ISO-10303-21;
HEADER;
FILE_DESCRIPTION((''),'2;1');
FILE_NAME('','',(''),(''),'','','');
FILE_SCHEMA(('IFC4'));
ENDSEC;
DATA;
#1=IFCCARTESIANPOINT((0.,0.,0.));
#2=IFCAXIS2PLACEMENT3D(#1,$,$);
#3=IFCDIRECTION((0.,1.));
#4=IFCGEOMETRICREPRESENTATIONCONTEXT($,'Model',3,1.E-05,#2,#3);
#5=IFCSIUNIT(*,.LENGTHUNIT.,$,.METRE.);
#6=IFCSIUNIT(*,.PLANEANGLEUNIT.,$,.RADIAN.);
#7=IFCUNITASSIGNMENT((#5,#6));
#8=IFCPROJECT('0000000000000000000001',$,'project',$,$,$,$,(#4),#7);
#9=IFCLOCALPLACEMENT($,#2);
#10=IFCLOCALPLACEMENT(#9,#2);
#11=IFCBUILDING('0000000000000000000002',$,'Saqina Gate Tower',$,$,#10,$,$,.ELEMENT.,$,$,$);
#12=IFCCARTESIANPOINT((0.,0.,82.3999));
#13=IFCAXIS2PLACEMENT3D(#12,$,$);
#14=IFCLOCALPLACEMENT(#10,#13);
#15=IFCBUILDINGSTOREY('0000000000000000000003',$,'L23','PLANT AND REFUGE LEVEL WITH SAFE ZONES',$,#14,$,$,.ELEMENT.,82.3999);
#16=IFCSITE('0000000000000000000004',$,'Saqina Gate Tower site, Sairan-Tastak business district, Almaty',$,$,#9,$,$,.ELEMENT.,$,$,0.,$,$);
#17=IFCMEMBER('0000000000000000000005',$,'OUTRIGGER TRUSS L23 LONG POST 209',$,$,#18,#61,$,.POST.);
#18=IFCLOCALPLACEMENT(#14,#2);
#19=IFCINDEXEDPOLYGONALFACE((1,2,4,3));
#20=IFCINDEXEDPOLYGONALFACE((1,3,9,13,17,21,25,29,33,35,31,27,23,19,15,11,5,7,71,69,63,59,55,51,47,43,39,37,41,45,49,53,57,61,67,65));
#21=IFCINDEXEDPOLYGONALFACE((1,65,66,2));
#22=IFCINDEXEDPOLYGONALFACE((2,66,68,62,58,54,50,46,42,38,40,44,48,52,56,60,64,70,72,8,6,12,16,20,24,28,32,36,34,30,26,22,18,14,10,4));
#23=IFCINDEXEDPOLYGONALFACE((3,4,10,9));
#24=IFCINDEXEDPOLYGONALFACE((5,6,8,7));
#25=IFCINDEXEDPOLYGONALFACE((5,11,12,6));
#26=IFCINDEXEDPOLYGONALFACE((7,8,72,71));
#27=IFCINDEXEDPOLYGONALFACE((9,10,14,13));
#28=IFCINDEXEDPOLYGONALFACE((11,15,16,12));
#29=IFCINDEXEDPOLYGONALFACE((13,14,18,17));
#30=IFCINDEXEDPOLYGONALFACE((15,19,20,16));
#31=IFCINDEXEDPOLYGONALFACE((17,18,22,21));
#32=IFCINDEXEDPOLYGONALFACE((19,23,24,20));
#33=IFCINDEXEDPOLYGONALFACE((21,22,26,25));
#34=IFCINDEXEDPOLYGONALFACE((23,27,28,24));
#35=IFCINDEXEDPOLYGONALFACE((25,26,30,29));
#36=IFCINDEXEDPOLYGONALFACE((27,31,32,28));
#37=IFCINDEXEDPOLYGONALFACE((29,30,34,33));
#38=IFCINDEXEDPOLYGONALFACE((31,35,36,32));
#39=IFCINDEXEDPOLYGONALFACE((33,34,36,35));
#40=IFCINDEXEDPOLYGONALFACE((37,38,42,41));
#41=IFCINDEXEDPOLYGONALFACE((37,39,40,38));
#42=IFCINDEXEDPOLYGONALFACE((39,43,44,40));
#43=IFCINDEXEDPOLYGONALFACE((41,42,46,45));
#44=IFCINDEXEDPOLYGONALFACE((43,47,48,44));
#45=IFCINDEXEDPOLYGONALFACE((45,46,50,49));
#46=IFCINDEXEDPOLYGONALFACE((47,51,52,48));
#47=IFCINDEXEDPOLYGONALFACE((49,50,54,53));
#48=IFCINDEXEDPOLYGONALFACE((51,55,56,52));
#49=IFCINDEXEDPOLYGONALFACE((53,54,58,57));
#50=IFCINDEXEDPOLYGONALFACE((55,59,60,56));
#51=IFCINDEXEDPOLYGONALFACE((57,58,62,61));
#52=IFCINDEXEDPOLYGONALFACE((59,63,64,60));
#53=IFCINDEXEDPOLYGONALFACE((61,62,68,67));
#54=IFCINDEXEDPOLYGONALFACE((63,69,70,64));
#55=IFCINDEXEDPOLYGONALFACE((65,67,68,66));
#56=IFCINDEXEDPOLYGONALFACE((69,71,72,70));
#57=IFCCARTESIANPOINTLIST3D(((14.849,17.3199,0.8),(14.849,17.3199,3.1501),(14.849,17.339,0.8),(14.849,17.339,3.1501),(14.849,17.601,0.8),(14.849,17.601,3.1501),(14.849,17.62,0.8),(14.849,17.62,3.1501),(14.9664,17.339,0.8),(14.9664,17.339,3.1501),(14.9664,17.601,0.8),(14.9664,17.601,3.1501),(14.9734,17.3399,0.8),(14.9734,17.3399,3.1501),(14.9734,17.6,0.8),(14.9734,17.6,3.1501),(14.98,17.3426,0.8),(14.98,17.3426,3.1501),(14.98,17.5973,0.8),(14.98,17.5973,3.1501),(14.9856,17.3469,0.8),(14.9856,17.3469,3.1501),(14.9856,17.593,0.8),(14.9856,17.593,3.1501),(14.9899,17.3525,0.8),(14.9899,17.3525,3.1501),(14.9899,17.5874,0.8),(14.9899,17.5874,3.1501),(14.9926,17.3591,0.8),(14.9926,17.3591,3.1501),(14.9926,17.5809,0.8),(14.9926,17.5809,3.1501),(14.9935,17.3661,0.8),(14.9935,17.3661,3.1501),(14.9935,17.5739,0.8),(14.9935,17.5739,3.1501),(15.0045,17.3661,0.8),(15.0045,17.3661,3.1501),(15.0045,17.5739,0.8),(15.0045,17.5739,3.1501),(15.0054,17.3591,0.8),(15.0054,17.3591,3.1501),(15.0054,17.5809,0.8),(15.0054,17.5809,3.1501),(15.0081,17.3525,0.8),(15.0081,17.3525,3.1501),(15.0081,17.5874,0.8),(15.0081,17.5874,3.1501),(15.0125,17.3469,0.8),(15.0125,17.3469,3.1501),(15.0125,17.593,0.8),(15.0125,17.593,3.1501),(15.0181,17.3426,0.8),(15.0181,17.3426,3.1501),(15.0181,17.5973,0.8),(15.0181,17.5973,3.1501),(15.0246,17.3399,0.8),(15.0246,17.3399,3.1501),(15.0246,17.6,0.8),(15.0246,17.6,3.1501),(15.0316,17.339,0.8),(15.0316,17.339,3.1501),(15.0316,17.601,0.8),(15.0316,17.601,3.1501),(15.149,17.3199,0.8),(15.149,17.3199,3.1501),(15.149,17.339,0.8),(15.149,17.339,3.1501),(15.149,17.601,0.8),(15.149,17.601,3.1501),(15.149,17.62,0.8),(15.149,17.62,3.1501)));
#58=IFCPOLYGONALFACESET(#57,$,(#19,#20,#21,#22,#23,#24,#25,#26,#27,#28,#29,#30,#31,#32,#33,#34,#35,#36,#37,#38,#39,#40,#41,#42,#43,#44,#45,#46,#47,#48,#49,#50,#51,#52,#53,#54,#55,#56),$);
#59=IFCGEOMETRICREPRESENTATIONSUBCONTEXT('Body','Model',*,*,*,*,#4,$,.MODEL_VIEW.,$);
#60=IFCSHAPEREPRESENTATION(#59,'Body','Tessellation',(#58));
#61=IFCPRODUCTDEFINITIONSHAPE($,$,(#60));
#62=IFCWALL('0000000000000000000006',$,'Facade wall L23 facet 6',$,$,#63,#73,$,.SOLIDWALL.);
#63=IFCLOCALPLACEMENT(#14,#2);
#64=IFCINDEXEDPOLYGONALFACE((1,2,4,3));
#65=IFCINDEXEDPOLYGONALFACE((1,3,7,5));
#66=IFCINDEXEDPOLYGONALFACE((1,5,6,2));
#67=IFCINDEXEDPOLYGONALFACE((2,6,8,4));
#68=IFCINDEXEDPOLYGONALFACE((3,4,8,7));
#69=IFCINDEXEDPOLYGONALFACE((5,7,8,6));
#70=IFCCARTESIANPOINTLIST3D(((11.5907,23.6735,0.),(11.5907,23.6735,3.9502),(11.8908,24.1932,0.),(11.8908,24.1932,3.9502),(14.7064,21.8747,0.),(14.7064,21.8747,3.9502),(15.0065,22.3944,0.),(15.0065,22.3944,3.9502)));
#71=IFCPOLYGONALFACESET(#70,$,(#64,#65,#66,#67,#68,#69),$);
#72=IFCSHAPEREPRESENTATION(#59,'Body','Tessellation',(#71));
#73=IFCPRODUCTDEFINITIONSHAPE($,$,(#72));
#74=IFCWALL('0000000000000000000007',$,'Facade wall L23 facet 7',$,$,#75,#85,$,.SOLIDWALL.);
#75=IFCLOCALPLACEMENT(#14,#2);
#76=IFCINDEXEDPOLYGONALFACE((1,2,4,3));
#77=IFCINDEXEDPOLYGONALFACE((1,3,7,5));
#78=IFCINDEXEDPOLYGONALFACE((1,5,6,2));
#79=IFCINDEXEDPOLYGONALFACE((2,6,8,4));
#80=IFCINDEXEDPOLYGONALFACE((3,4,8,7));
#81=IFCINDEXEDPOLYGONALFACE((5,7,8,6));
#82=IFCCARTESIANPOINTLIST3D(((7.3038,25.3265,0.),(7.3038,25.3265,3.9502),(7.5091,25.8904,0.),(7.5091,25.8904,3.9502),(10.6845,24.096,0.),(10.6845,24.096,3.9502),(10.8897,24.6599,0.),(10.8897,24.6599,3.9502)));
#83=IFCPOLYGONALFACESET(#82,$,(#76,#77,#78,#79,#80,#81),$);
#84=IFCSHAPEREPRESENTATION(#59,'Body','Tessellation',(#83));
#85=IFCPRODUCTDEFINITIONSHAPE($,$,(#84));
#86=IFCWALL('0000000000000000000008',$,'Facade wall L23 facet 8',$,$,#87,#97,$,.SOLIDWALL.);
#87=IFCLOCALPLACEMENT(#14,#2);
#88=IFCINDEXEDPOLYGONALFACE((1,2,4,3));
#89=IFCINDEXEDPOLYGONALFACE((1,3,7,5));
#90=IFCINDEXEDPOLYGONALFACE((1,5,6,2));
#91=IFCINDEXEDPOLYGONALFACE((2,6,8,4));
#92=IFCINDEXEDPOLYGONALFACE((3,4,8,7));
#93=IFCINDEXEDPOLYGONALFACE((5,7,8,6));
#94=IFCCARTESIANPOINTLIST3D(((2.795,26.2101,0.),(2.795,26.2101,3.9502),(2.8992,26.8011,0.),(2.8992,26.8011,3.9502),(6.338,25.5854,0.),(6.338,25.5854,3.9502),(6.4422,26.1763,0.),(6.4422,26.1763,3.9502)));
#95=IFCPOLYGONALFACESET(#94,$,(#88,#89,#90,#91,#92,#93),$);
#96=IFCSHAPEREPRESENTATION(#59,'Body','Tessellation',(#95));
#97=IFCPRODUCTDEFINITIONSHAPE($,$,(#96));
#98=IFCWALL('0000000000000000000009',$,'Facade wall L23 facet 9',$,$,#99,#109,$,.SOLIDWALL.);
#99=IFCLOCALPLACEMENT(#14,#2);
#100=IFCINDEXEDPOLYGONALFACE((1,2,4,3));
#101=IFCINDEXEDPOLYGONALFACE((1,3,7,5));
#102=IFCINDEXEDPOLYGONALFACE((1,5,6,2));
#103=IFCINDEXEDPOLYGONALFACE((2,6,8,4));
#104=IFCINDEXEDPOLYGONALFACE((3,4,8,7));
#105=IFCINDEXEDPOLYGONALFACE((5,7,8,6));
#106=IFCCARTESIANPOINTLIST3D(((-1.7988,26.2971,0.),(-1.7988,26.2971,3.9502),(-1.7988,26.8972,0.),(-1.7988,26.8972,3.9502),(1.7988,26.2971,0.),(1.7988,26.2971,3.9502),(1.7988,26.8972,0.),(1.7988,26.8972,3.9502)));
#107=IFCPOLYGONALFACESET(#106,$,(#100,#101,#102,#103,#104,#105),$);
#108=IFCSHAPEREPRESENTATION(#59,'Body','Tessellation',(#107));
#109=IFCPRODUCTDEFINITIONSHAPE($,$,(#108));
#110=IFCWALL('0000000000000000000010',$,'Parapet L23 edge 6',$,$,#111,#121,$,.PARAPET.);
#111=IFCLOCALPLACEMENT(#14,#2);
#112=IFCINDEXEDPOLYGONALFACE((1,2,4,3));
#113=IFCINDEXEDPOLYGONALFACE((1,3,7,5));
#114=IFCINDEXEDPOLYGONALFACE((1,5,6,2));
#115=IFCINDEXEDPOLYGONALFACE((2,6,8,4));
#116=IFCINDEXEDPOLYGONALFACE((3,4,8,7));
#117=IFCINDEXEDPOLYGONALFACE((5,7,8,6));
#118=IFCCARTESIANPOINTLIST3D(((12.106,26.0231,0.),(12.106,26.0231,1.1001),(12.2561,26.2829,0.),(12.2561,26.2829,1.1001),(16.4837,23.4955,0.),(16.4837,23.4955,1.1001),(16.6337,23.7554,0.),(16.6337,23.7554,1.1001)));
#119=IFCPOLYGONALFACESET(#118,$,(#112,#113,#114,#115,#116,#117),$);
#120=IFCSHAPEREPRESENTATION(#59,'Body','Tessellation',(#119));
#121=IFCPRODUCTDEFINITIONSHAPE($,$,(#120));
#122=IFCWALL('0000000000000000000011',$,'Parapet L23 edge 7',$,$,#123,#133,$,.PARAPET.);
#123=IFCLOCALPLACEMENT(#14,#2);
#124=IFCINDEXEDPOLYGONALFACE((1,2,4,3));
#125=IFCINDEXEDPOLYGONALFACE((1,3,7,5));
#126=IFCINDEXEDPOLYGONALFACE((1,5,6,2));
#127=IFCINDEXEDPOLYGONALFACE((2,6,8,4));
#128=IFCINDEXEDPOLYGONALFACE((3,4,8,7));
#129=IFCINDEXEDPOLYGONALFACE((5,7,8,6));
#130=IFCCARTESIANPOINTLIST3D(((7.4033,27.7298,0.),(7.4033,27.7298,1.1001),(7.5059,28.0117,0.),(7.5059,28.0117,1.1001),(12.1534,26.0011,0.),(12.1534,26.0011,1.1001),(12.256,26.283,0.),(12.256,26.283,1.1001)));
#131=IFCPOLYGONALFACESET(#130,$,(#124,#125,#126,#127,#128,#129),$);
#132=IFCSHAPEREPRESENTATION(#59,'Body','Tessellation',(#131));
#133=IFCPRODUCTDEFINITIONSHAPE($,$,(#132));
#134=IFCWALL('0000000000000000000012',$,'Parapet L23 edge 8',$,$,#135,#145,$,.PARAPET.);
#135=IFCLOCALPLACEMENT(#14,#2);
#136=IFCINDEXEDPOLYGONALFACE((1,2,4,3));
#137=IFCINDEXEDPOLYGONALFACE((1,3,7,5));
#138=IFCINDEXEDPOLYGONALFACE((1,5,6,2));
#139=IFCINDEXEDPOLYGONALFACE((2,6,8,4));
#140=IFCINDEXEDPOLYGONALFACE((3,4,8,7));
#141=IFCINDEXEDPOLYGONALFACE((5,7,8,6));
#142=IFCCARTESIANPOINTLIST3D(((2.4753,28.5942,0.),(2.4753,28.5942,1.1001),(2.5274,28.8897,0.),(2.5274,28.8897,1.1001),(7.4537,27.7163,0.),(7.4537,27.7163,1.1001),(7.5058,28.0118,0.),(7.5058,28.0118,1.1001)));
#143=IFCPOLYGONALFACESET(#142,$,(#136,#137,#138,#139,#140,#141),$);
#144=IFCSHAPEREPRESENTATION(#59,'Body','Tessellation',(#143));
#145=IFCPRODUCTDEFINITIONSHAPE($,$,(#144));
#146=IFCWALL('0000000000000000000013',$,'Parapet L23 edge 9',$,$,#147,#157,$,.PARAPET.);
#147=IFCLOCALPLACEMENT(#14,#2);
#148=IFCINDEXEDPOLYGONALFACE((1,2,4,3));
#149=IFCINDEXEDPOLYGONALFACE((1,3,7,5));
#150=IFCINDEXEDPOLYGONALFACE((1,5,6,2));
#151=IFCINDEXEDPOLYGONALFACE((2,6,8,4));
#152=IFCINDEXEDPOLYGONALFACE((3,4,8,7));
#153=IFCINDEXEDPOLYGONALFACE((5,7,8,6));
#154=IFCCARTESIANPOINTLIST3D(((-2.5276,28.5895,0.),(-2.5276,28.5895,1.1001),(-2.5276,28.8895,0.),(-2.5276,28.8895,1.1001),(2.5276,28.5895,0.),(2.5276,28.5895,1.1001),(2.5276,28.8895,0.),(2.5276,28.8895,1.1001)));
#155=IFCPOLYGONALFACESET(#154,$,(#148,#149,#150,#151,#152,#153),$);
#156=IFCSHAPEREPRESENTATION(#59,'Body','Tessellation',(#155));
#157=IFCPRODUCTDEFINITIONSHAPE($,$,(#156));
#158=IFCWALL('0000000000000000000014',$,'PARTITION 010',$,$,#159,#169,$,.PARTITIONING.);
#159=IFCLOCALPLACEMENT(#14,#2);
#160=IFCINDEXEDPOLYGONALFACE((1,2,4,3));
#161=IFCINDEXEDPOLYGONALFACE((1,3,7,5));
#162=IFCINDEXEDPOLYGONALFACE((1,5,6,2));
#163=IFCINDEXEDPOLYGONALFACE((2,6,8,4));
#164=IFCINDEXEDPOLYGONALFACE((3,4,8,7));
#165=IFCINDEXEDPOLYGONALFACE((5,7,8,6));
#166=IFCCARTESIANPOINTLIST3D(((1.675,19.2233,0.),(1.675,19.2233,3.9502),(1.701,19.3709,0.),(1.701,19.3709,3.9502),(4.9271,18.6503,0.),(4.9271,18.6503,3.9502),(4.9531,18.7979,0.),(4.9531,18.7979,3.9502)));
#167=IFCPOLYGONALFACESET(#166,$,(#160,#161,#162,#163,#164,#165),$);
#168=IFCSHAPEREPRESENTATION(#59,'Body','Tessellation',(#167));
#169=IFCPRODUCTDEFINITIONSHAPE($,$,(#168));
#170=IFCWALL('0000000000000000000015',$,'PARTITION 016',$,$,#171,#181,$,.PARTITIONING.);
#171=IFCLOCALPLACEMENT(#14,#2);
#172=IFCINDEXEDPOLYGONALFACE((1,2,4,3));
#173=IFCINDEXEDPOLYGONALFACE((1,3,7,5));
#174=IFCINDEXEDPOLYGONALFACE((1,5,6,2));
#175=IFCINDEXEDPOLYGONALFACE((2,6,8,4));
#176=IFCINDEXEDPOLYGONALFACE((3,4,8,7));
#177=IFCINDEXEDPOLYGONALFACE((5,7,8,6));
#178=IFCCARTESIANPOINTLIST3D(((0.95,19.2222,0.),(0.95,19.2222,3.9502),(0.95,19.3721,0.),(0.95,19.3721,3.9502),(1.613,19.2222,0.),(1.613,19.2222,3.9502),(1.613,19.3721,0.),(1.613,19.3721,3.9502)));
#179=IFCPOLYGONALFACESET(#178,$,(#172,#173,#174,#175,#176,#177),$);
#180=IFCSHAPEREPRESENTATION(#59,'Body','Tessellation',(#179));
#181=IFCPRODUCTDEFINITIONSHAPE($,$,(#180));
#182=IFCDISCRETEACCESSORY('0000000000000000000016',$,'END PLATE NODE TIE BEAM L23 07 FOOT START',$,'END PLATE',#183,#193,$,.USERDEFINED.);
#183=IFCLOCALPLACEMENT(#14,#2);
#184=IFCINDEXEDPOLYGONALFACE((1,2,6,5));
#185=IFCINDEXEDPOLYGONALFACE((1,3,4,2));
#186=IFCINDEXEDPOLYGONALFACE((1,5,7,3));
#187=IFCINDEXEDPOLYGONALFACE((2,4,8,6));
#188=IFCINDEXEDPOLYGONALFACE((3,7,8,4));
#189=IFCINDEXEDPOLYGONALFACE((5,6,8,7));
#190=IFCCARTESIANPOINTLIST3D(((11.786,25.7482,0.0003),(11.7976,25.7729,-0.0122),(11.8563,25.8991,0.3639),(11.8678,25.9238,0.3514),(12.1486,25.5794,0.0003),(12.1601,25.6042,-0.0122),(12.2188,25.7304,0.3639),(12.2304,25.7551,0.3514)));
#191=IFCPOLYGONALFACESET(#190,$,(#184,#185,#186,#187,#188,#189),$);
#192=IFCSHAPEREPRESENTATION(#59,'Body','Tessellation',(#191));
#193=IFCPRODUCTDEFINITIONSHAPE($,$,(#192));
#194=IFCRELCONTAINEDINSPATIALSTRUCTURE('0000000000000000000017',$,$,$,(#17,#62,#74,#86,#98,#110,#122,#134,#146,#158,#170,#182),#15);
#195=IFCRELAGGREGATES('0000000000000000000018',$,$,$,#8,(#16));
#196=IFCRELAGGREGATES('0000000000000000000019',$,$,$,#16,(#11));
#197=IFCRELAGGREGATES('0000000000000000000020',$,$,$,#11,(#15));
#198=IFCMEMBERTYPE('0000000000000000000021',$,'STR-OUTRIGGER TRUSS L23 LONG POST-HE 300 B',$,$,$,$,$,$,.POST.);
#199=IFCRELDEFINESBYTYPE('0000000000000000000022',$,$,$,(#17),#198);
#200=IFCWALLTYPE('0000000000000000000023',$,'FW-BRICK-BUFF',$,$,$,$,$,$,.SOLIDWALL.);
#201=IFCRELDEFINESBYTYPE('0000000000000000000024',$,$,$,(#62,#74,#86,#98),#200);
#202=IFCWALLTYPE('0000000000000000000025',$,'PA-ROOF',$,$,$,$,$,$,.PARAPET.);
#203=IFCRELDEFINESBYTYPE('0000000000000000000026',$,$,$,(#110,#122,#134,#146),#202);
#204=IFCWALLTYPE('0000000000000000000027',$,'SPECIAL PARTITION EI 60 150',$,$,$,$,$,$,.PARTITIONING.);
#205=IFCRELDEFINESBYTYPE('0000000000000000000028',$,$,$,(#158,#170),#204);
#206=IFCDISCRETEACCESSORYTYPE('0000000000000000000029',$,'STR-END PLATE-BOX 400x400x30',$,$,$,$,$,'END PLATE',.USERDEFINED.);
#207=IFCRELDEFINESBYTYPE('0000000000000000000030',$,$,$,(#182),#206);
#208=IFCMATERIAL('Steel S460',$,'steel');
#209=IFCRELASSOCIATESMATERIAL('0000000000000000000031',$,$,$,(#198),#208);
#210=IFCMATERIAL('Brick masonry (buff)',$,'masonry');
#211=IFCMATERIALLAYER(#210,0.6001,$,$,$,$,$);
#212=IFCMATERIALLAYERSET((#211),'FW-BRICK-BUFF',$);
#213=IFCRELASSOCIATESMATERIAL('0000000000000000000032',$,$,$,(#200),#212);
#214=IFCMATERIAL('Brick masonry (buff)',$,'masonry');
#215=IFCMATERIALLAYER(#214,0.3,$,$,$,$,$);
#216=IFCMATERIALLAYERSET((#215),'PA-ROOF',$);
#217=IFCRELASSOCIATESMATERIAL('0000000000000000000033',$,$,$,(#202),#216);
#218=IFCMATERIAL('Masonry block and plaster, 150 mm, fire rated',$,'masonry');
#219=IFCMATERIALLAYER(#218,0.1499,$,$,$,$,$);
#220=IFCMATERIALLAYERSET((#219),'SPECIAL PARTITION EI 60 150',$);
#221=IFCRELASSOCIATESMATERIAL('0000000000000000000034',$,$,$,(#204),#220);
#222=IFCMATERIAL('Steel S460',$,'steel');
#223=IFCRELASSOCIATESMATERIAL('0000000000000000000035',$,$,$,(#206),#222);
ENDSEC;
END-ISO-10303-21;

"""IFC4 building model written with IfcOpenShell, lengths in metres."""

from ifc_helpers import new_model, si_unit, direction, frame, frame_2d, origin, origin_2d, place, context, subcontext, project, spatial, rectangle, i_section, extrude, material, layer, layer_set, material_profile, profile_set, type_object, element, save


model = new_model("IFC4")

# Units and contexts
model_context = context("Model", 3, precision=1e-05, world=origin(), true_north=direction((0.0, 1.0)))
body_context = subcontext(model_context, "Body", "Model", "MODEL_VIEW")
ifc_project = project(units=[si_unit("LENGTHUNIT", "METRE"), si_unit("PLANEANGLEUNIT", "RADIAN")], contexts=[model_context])

# Site, building, storey
site_placement = place(None, origin())
site = spatial("IfcSite", under=ifc_project, at=site_placement, Name="Saqina Gate Tower site, Sairan-Tastak business district, Almaty", CompositionType="ELEMENT", RefElevation=0.0)
building_placement = place(site_placement, origin())
building = spatial("IfcBuilding", under=site, at=building_placement, Name="Saqina Gate Tower", CompositionType="ELEMENT")
storey_placement = place(building_placement, frame((0.0, 0.0, 82.3999)))
storey = spatial("IfcBuildingStorey", under=building, at=storey_placement, Name="L23", Description="PLANT AND REFUGE LEVEL WITH SAFE ZONES", CompositionType="ELEMENT", Elevation=82.3999)

# Member
ifc_material_1 = material(Name="Steel S460", Category="steel")
ifc_material_profile_1 = material_profile(ifc_material_1, i_section(OverallWidth=0.3, OverallDepth=0.3, WebThickness=0.011, FlangeThickness=0.019, FilletRadius=0.0271, at=origin_2d()), Name="HE 300 B")
ifc_profile_set_1 = profile_set([ifc_material_profile_1], Name="Steel S460")
member_type_1 = type_object("IfcMemberType", Name="STR-OUTRIGGER TRUSS L23 LONG POST-HE 300 B", PredefinedType="POST", material=ifc_profile_set_1)
member_1_placement = place(storey_placement, frame((14.999, 17.47, 0.8), z_axis=(0.0, 0.0, 1.0), x_axis=(1.0, 0.0, 0.0)))
element("IfcMember", 1, at=member_1_placement, inside=storey, type_object=member_type_1, Name="OUTRIGGER TRUSS L23 LONG POST 209", PredefinedType="POST", context=body_context, shape_type="SweptSolid", body=[
    extrude(i_section(OverallWidth=0.3, OverallDepth=0.3, WebThickness=0.011, FlangeThickness=0.019, FilletRadius=0.0271, at=origin_2d()), origin(), (0.0, 0.0, 1.0), 2.3501),
])

# Walls
ifc_material_2 = material(Name="Brick masonry (buff)", Category="masonry")
ifc_layer_1 = layer(ifc_material_2, 0.6001)
ifc_layer_set_1 = layer_set([ifc_layer_1], Name="FW-BRICK-BUFF")
wall_type_1 = type_object("IfcWallType", Name="FW-BRICK-BUFF", PredefinedType="SOLIDWALL", material=ifc_layer_set_1)
for number, where, z_axis, x_axis, name in (
    (2, (14.8564, 22.1345, 0.0), (0.0, 0.0, 1.0), (-0.86603, 0.499993, 0.0), "Facade wall L23 facet 6"),
    (3, (10.7871, 24.3779, 0.0), (0.0, 0.0, 1.0), (-0.93969, 0.342026, 0.0), "Facade wall L23 facet 7"),
    (4, (6.3901, 25.8809, 0.0), (0.0, 0.0, 1.0), (-0.984806, 0.173658, 0.0), "Facade wall L23 facet 8"),
    (5, (1.7988, 26.5972, 0.0), (0.0, 0.0, 1.0), (-1.0, 0.0, 0.0), "Facade wall L23 facet 9"),
):
    element("IfcWall", number, at=place(storey_placement, frame(where, z_axis=z_axis, x_axis=x_axis)), inside=storey, type_object=wall_type_1, Name=name, PredefinedType="SOLIDWALL", context=body_context, shape_type="SweptSolid", body=[
        extrude(rectangle(XDim=3.5977, YDim=0.6001, at=frame_2d((1.7988, 0.0))), origin(), (0.0, 0.0, 1.0), 3.9502),
    ])
ifc_material_3 = material(Name="Brick masonry (buff)", Category="masonry")
ifc_layer_2 = layer(ifc_material_3, 0.3)
ifc_layer_set_2 = layer_set([ifc_layer_2], Name="PA-ROOF")
wall_type_2 = type_object("IfcWallType", Name="PA-ROOF", PredefinedType="PARAPET", material=ifc_layer_set_2)
for number, where, z_axis, x_axis, name in (
    (6, (16.5586, 23.6255, 0.0), (0.0, 0.0, 1.0), (-0.866014, 0.500019, 0.0), "Parapet L23 edge 6"),
    (7, (12.2046, 26.1421, 0.0), (0.0, 0.0, 1.0), (-0.939705, 0.341987, 0.0), "Parapet L23 edge 7"),
):
    element("IfcWall", number, at=place(storey_placement, frame(where, z_axis=z_axis, x_axis=x_axis)), inside=storey, type_object=wall_type_2, Name=name, PredefinedType="PARAPET", context=body_context, shape_type="SweptSolid", body=[
        extrude(rectangle(XDim=5.0549, YDim=0.3, at=frame_2d((2.5273, 0.0))), origin(), (0.0, 0.0, 1.0), 1.1001),
    ])
for number, where, z_axis, x_axis, name in (
    (8, (7.4797, 27.864, 0.0), (0.0, 0.0, 1.0), (-0.984803, 0.173672, 0.0), "Parapet L23 edge 8"),
    (9, (2.5276, 28.7395, 0.0), (0.0, 0.0, 1.0), (-1.0, 0.0, 0.0), "Parapet L23 edge 9"),
):
    element("IfcWall", number, at=place(storey_placement, frame(where, z_axis=z_axis, x_axis=x_axis)), inside=storey, type_object=wall_type_2, Name=name, PredefinedType="PARAPET", context=body_context, shape_type="SweptSolid", body=[
        extrude(rectangle(XDim=5.0552, YDim=0.3, at=frame_2d((2.5276, 0.0))), origin(), (0.0, 0.0, 1.0), 1.1001),
    ])
ifc_material_4 = material(Name="Masonry block and plaster, 150 mm, fire rated", Category="masonry")
ifc_layer_3 = layer(ifc_material_4, 0.1499)
ifc_layer_set_3 = layer_set([ifc_layer_3], Name="SPECIAL PARTITION EI 60 150")
wall_type_3 = type_object("IfcWallType", Name="SPECIAL PARTITION EI 60 150", PredefinedType="PARTITIONING", material=ifc_layer_set_3)
wall_1_placement = place(storey_placement, frame((1.688, 19.2971, 0.0), z_axis=(0.0, 0.0, 1.0), x_axis=(0.984831, -0.173515, 0.0)))
element("IfcWall", 10, at=wall_1_placement, inside=storey, type_object=wall_type_3, Name="PARTITION 010", PredefinedType="PARTITIONING", context=body_context, shape_type="SweptSolid", body=[
    extrude(rectangle(XDim=3.3022, YDim=0.1499, at=frame_2d((1.6511, 0.0))), origin(), (0.0, 0.0, 1.0), 3.9502),
])
wall_2_placement = place(storey_placement, frame((0.95, 19.2971, 0.0), z_axis=(0.0, 0.0, 1.0), x_axis=(1.0, 0.0, 0.0)))
element("IfcWall", 11, at=wall_2_placement, inside=storey, type_object=wall_type_3, Name="PARTITION 016", PredefinedType="PARTITIONING", context=body_context, shape_type="SweptSolid", body=[
    extrude(rectangle(XDim=0.6631, YDim=0.1499, at=frame_2d((0.3315, 0.0))), origin(), (0.0, 0.0, 1.0), 3.9502),
])

# Discrete accessory
ifc_material_5 = material(Name="Steel S460", Category="steel")
ifc_material_profile_2 = material_profile(ifc_material_5, rectangle(XDim=0.3999, YDim=0.3999, at=origin_2d()), Name="STR-END PLATE-BOX 400x400x30")
ifc_profile_set_2 = profile_set([ifc_material_profile_2], Name="Steel S460")
discrete_accessory_type_1 = type_object("IfcDiscreteAccessoryType", Name="STR-END PLATE-BOX 400x400x30", ElementType="END PLATE", PredefinedType="USERDEFINED", material=ifc_profile_set_2)
discrete_accessory_1_placement = place(storey_placement, frame((12.0024, 25.7393, 0.1821), z_axis=(0.383613, 0.824359, -0.416261), x_axis=(0.90664, -0.421905, -0.000007)))
element("IfcDiscreteAccessory", 12, at=discrete_accessory_1_placement, inside=storey, type_object=discrete_accessory_type_1, Name="END PLATE NODE TIE BEAM L23 07 FOOT START", ObjectType="END PLATE", PredefinedType="USERDEFINED", context=body_context, shape_type="SweptSolid", body=[
    extrude(rectangle(XDim=0.3999, YDim=0.3999, at=origin_2d()), origin(), (0.0, 0.0, 1.0), 0.03),
])

save(model, "model.ifc")
